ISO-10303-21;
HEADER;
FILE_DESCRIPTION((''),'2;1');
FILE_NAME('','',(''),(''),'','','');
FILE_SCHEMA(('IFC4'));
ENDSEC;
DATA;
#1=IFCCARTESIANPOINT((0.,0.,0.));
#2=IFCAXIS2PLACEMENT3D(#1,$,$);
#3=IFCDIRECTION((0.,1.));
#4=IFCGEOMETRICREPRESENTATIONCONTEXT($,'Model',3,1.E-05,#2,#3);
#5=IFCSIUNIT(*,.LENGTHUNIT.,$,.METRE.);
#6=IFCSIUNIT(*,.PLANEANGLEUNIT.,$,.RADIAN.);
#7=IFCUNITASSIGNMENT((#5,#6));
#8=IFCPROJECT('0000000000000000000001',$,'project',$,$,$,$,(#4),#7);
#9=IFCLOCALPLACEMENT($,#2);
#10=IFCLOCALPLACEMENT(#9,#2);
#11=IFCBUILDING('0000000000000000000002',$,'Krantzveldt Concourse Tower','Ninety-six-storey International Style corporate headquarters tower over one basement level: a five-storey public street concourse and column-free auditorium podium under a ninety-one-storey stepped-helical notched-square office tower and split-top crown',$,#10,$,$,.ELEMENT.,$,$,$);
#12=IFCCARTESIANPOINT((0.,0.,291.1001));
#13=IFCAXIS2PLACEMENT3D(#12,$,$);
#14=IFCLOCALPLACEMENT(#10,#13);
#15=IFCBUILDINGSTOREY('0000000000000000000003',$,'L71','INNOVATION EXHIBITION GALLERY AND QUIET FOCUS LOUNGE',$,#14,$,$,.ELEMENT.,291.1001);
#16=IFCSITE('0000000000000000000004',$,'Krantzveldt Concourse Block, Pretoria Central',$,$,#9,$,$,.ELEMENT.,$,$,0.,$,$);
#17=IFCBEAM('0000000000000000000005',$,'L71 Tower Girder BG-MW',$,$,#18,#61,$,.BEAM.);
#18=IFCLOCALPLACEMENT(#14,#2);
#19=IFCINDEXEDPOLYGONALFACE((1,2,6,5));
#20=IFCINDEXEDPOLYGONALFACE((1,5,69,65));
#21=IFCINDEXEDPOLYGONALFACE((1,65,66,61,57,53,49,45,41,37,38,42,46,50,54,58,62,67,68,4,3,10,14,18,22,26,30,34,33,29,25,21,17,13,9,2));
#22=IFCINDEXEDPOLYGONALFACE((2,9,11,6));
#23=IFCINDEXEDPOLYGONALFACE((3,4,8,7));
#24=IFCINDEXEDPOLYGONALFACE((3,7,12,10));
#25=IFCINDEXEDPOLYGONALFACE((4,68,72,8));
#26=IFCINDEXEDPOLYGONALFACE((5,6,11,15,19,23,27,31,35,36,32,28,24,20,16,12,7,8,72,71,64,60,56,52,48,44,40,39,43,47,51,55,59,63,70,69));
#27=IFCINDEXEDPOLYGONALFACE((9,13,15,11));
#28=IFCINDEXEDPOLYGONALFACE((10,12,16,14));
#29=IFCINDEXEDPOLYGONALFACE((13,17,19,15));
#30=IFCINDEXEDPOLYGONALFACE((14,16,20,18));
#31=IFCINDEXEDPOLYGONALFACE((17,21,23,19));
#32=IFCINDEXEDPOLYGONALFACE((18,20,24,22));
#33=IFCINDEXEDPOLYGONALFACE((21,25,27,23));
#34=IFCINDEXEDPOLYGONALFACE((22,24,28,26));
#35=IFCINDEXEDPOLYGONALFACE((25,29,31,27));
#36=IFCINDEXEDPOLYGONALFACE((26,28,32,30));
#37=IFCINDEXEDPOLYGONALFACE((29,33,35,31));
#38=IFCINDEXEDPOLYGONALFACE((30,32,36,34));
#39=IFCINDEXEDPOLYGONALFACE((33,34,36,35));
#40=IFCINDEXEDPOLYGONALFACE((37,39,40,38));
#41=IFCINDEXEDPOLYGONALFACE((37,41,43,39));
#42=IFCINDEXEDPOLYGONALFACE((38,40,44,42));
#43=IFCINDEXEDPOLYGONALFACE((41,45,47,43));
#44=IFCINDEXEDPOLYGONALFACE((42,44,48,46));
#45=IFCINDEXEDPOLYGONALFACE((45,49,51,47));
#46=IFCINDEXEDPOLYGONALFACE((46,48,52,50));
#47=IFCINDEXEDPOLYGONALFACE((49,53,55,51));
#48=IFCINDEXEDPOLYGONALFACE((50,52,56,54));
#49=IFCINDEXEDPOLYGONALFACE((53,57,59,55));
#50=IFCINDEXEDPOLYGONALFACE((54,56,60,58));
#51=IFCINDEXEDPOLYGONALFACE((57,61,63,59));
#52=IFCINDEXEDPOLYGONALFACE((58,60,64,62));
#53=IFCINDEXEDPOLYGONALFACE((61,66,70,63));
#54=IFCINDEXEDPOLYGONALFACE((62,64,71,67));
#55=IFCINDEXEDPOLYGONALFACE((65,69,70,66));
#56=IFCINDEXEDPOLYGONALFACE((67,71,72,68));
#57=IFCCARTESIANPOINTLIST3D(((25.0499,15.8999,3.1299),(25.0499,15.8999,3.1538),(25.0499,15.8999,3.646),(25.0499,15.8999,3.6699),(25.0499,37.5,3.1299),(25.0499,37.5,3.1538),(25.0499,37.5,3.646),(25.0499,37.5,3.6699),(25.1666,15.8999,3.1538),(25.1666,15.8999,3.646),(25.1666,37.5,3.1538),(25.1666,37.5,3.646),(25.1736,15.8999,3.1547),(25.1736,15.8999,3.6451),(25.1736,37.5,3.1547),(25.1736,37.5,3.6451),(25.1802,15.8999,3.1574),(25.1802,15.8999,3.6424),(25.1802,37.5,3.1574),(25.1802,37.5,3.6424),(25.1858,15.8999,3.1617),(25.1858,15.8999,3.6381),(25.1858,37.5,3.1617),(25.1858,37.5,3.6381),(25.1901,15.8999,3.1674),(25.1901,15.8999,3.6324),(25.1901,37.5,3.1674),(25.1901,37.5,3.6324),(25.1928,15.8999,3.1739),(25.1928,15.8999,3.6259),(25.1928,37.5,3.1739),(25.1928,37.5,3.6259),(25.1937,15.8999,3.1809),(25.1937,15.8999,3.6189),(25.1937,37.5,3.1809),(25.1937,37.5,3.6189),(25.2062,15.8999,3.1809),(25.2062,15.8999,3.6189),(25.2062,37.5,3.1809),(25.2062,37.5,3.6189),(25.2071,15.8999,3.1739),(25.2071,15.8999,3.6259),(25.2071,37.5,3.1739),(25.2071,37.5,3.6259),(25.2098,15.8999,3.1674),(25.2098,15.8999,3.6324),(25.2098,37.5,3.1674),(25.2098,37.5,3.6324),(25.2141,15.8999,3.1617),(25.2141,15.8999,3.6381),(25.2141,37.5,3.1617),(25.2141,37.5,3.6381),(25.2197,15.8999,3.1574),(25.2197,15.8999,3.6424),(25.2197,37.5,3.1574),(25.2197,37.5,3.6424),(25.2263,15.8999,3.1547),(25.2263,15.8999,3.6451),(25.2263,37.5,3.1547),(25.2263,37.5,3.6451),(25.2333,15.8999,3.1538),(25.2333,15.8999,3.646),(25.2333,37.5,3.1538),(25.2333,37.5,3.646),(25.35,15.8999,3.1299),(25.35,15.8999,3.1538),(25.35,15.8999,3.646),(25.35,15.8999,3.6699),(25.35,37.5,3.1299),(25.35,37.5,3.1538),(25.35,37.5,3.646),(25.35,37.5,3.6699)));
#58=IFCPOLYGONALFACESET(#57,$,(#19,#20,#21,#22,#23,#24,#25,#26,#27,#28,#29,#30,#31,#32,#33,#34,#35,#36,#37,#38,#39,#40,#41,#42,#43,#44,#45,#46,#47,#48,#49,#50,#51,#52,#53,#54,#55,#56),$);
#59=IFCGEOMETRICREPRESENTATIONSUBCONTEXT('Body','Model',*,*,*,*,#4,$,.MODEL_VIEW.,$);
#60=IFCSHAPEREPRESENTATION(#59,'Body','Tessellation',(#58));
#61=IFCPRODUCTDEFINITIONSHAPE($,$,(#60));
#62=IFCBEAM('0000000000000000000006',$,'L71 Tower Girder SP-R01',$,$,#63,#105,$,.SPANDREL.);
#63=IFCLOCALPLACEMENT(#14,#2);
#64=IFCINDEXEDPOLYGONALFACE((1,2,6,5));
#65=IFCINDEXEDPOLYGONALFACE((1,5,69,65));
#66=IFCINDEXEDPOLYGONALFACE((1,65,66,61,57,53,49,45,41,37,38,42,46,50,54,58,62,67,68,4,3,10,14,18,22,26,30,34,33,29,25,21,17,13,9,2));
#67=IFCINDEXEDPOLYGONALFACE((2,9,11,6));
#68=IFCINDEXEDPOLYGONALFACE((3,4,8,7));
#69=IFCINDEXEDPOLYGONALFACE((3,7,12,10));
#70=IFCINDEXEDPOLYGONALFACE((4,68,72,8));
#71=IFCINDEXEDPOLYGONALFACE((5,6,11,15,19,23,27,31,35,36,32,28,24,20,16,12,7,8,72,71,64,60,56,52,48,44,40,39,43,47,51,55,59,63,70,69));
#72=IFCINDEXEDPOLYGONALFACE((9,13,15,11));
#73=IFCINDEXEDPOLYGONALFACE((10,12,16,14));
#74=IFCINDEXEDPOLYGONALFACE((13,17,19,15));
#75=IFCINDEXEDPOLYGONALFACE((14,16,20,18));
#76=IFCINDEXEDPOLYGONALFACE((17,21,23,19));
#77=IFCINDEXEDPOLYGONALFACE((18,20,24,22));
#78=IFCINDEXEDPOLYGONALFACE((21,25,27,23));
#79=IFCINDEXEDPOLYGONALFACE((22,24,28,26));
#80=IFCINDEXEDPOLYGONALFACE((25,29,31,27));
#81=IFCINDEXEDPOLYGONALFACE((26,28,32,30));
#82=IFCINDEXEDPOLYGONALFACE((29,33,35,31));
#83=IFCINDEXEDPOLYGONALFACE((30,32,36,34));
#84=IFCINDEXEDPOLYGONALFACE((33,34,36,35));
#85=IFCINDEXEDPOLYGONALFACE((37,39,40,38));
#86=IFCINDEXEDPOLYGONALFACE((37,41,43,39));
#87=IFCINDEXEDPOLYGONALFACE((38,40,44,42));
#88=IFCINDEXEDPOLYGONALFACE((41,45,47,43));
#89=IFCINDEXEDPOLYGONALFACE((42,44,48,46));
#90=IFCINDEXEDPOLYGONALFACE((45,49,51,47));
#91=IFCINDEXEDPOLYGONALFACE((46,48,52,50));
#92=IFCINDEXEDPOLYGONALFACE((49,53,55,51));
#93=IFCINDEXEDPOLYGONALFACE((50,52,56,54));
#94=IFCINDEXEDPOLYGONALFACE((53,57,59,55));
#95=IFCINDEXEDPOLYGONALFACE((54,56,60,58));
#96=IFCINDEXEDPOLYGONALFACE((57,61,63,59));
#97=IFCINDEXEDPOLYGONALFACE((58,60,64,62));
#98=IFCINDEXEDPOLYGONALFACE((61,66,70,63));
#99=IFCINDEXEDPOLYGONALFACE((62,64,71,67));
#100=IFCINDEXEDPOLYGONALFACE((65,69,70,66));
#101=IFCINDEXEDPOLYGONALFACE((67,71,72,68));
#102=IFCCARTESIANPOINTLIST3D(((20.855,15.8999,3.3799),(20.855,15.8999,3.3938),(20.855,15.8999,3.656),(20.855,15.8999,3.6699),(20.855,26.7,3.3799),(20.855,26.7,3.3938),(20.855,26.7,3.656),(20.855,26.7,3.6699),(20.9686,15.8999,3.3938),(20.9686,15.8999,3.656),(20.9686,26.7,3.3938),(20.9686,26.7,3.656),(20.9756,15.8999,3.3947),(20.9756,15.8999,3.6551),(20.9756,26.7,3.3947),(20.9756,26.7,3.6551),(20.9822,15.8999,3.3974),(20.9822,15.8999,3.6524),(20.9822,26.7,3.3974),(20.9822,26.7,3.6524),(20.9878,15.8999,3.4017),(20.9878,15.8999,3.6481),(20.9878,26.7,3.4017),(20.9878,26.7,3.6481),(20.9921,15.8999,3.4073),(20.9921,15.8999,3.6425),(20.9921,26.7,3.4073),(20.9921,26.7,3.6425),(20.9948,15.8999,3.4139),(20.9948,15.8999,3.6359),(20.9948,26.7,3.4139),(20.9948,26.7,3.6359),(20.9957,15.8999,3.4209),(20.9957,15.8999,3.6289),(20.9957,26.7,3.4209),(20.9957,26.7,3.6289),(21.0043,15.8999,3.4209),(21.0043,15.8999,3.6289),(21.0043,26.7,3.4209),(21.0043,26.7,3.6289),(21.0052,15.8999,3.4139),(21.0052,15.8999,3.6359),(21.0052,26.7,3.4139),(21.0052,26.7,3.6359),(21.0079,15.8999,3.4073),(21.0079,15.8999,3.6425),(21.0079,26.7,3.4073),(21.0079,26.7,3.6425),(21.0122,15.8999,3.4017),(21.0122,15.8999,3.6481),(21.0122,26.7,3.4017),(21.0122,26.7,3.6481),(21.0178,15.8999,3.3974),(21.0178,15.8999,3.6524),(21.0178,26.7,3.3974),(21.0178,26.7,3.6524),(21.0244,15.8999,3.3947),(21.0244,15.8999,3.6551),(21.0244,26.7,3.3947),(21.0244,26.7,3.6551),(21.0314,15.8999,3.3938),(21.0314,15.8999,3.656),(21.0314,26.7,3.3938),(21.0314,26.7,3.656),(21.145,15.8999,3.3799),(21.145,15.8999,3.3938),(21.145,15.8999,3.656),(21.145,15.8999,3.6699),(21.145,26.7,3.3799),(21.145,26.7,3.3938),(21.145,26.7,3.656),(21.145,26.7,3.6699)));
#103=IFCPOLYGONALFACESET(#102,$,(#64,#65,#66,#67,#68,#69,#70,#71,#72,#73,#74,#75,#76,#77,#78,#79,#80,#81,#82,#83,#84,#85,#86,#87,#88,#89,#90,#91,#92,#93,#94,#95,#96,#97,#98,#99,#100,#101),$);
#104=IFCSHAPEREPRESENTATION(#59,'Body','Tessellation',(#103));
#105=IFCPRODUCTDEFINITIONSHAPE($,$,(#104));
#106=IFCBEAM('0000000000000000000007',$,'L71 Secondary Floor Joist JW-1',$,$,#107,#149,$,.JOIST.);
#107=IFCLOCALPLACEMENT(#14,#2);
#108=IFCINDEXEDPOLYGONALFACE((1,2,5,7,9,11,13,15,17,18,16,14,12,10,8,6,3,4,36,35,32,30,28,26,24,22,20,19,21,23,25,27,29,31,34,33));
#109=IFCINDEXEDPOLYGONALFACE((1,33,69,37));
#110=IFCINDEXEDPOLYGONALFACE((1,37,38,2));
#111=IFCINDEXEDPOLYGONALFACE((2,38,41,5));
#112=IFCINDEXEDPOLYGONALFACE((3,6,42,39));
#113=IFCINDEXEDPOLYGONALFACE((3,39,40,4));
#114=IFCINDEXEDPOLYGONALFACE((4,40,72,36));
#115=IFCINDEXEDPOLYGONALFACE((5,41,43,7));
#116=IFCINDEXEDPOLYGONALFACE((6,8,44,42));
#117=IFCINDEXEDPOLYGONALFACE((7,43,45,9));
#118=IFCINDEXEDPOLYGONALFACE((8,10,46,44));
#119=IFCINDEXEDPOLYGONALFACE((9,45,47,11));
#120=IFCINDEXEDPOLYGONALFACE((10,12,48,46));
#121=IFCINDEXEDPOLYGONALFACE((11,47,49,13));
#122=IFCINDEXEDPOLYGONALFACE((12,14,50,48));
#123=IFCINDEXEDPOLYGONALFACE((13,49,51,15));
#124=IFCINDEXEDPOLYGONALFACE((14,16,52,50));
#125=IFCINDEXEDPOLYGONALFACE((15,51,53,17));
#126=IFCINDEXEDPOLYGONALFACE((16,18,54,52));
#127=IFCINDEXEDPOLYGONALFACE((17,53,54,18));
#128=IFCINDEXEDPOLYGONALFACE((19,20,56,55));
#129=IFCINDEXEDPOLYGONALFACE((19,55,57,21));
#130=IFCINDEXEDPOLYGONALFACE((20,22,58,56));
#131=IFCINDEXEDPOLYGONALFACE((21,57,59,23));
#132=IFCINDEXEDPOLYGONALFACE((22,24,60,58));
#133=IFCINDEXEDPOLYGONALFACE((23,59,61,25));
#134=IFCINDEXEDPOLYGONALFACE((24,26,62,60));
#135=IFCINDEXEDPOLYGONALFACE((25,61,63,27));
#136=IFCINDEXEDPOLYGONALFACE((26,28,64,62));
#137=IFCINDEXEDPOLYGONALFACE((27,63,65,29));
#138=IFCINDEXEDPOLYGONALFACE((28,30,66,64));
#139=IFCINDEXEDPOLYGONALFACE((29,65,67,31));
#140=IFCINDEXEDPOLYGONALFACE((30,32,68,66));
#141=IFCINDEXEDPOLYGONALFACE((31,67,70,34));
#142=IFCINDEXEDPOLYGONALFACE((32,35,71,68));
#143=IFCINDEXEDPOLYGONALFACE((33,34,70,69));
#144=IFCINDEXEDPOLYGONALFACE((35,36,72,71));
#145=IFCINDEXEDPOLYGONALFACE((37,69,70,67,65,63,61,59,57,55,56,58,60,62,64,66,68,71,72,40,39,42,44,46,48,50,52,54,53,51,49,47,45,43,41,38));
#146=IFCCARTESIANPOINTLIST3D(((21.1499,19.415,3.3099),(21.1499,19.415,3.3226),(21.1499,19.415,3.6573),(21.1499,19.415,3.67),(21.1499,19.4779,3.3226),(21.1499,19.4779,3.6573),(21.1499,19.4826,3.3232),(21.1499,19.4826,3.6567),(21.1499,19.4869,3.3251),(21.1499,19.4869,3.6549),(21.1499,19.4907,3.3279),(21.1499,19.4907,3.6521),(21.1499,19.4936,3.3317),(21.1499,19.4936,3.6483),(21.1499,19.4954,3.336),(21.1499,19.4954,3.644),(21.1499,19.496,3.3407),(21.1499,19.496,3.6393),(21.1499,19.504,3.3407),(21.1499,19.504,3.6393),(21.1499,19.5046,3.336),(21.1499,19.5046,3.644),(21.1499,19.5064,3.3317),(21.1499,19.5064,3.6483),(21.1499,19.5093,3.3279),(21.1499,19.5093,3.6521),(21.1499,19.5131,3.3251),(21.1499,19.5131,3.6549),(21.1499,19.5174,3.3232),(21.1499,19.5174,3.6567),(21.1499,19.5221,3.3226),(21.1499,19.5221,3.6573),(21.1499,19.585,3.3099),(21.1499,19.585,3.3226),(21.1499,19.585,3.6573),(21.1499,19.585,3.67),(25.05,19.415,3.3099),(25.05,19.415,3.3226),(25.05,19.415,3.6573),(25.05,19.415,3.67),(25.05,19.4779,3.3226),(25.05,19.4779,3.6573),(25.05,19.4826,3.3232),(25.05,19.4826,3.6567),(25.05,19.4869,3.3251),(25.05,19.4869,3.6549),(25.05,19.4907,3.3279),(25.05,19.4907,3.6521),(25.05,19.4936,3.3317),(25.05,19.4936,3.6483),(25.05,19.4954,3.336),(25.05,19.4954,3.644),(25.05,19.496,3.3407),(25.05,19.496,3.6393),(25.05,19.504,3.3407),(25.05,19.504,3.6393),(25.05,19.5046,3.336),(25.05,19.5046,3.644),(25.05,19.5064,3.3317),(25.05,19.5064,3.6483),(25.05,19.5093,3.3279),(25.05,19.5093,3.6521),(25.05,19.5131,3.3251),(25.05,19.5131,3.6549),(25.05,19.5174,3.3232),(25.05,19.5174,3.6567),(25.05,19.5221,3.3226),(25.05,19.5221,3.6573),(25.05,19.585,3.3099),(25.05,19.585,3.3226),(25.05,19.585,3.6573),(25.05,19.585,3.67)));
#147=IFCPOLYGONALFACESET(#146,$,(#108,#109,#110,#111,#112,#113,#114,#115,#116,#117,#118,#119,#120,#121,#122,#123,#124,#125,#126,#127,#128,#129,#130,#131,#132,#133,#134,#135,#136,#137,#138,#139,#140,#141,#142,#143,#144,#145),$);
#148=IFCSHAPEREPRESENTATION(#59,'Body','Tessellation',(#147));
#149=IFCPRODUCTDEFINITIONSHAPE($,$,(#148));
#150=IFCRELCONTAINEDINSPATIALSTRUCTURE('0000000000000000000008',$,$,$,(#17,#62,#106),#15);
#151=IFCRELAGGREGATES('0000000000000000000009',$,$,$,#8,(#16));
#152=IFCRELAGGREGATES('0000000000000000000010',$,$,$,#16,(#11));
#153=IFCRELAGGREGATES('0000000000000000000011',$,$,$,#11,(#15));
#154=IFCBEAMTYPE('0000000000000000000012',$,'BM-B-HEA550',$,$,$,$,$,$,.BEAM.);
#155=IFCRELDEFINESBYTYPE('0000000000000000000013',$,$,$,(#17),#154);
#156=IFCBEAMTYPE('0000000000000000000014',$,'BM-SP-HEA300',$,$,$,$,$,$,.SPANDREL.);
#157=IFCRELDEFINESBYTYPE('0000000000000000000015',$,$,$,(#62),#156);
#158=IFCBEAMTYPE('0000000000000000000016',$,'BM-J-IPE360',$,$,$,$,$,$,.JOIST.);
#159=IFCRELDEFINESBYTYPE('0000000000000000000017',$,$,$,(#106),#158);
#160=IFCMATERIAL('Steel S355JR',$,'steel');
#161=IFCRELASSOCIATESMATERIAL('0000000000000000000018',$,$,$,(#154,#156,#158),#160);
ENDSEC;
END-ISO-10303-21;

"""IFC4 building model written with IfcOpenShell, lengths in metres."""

from ifc_helpers import new_model, si_unit, direction, frame, origin, origin_2d, place, context, subcontext, project, spatial, i_section, extrude, source, transform, mapped, material, material_profile, profile_set, type_object, type_shapes, element, save


model = new_model("IFC4")

# Units and contexts
model_context = context("Model", 3, precision=1e-05, world=origin(), true_north=direction((0.0, 1.0)))
body_context = subcontext(model_context, "Body", "Model", "MODEL_VIEW")
ifc_project = project(units=[si_unit("LENGTHUNIT", "METRE"), si_unit("PLANEANGLEUNIT", "RADIAN")], contexts=[model_context])

# Site, building, storey
site_placement = place(None, origin())
site = spatial("IfcSite", under=ifc_project, at=site_placement, Name="Krantzveldt Concourse Block, Pretoria Central", CompositionType="ELEMENT", RefElevation=0.0)
building_placement = place(site_placement, origin())
building = spatial("IfcBuilding", under=site, at=building_placement, Name="Krantzveldt Concourse Tower", Description="Ninety-six-storey International Style corporate headquarters tower over one basement level: a five-storey public street concourse and column-free auditorium podium under a ninety-one-storey stepped-helical notched-square office tower and split-top crown", CompositionType="ELEMENT")
storey_placement = place(building_placement, frame((0.0, 0.0, 291.1001)))
storey = spatial("IfcBuildingStorey", under=building, at=storey_placement, Name="L71", Description="INNOVATION EXHIBITION GALLERY AND QUIET FOCUS LOUNGE", CompositionType="ELEMENT", Elevation=291.1001)

# Beams
ifc_material_1 = material(Name="Steel S355JR", Category="steel")
ifc_material_profile_1 = material_profile(ifc_material_1, i_section(OverallWidth=0.3, OverallDepth=0.54, WebThickness=0.0125, FlangeThickness=0.0239, FilletRadius=0.0271, at=origin_2d()), Name="Steel S355JR", Category="steel")
ifc_profile_set_1 = profile_set([ifc_material_profile_1], Name="Steel S355JR - HEA 550")
beam_type_1 = type_object("IfcBeamType", Name="BM-B-HEA550", PredefinedType="BEAM", material=ifc_profile_set_1)
shared_shape_1 = source(origin(), body_context, "Body", "SweptSolid", [
    extrude(i_section(OverallWidth=0.3, OverallDepth=0.54, WebThickness=0.0125, FlangeThickness=0.0239, FilletRadius=0.0271, at=origin_2d()), origin(), (0.0, 0.0, 1.0), 21.6001),
])
type_shapes(beam_type_1, [shared_shape_1])
beam_1_placement = place(storey_placement, frame((25.2, 15.8999, 3.3999), z_axis=(0.0, 1.0, 0.0), x_axis=(-1.0, 0.0, 0.0)))
element("IfcBeam", 1, at=beam_1_placement, inside=storey, type_object=beam_type_1, Name="L71 Tower Girder BG-MW", PredefinedType="BEAM", context=body_context, shape_type="MappedRepresentation", body=[
    mapped(shared_shape_1, transform((0.0, 0.0, 0.0), x_axis=(1.0, 0.0, 0.0), y_axis=(0.0, 1.0, 0.0), z_axis=(0.0, 0.0, 1.0), scale=1.0)),
])
ifc_material_profile_2 = material_profile(ifc_material_1, i_section(OverallWidth=0.29, OverallDepth=0.29, WebThickness=0.0085, FlangeThickness=0.0139, FilletRadius=0.0271, at=origin_2d()), Name="Steel S355JR", Category="steel")
ifc_profile_set_2 = profile_set([ifc_material_profile_2], Name="Steel S355JR - HEA 300")
beam_type_2 = type_object("IfcBeamType", Name="BM-SP-HEA300", PredefinedType="SPANDREL", material=ifc_profile_set_2)
shared_shape_2 = source(origin(), body_context, "Body", "SweptSolid", [
    extrude(i_section(OverallWidth=0.29, OverallDepth=0.29, WebThickness=0.0085, FlangeThickness=0.0139, FilletRadius=0.0271, at=origin_2d()), origin(), (0.0, 0.0, 1.0), 10.8),
])
type_shapes(beam_type_2, [shared_shape_2])
beam_2_placement = place(storey_placement, frame((21.0, 15.8999, 3.5249), z_axis=(0.0, 1.0, 0.0), x_axis=(-1.0, 0.0, 0.0)))
element("IfcBeam", 2, at=beam_2_placement, inside=storey, type_object=beam_type_2, Name="L71 Tower Girder SP-R01", PredefinedType="SPANDREL", context=body_context, shape_type="MappedRepresentation", body=[
    mapped(shared_shape_2, transform((0.0, 0.0, 0.0), x_axis=(1.0, 0.0, 0.0), y_axis=(0.0, 1.0, 0.0), z_axis=(0.0, 0.0, 1.0), scale=1.0)),
])
ifc_material_profile_3 = material_profile(ifc_material_1, i_section(OverallWidth=0.1699, OverallDepth=0.3601, WebThickness=0.0081, FlangeThickness=0.0127, FilletRadius=0.0181, at=origin_2d()), Name="Steel S355JR", Category="steel")
ifc_profile_set_3 = profile_set([ifc_material_profile_3], Name="Steel S355JR - IPE 360")
beam_type_3 = type_object("IfcBeamType", Name="BM-J-IPE360", PredefinedType="JOIST", material=ifc_profile_set_3)
shared_shape_3 = source(origin(), body_context, "Body", "SweptSolid", [
    extrude(i_section(OverallWidth=0.1699, OverallDepth=0.3601, WebThickness=0.0081, FlangeThickness=0.0127, FilletRadius=0.0181, at=origin_2d()), origin(), (0.0, 0.0, 1.0), 3.9001),
])
type_shapes(beam_type_3, [shared_shape_3])
for number, where, z_axis, x_axis, name in (
    (3, (21.1499, 19.5, 3.49), (1.0, 0.0, 0.0), (0.0, 1.0, 0.0), "L71 Secondary Floor Joist JW-1"),
):
    element("IfcBeam", number, at=place(storey_placement, frame(where, z_axis=z_axis, x_axis=x_axis)), inside=storey, type_object=beam_type_3, Name=name, PredefinedType="JOIST", context=body_context, shape_type="MappedRepresentation", body=[
        mapped(shared_shape_3, transform((0.0, 0.0, 0.0), x_axis=(1.0, 0.0, 0.0), y_axis=(0.0, 1.0, 0.0), z_axis=(0.0, 0.0, 1.0), scale=1.0)),
    ])

save(model, "model.ifc")
